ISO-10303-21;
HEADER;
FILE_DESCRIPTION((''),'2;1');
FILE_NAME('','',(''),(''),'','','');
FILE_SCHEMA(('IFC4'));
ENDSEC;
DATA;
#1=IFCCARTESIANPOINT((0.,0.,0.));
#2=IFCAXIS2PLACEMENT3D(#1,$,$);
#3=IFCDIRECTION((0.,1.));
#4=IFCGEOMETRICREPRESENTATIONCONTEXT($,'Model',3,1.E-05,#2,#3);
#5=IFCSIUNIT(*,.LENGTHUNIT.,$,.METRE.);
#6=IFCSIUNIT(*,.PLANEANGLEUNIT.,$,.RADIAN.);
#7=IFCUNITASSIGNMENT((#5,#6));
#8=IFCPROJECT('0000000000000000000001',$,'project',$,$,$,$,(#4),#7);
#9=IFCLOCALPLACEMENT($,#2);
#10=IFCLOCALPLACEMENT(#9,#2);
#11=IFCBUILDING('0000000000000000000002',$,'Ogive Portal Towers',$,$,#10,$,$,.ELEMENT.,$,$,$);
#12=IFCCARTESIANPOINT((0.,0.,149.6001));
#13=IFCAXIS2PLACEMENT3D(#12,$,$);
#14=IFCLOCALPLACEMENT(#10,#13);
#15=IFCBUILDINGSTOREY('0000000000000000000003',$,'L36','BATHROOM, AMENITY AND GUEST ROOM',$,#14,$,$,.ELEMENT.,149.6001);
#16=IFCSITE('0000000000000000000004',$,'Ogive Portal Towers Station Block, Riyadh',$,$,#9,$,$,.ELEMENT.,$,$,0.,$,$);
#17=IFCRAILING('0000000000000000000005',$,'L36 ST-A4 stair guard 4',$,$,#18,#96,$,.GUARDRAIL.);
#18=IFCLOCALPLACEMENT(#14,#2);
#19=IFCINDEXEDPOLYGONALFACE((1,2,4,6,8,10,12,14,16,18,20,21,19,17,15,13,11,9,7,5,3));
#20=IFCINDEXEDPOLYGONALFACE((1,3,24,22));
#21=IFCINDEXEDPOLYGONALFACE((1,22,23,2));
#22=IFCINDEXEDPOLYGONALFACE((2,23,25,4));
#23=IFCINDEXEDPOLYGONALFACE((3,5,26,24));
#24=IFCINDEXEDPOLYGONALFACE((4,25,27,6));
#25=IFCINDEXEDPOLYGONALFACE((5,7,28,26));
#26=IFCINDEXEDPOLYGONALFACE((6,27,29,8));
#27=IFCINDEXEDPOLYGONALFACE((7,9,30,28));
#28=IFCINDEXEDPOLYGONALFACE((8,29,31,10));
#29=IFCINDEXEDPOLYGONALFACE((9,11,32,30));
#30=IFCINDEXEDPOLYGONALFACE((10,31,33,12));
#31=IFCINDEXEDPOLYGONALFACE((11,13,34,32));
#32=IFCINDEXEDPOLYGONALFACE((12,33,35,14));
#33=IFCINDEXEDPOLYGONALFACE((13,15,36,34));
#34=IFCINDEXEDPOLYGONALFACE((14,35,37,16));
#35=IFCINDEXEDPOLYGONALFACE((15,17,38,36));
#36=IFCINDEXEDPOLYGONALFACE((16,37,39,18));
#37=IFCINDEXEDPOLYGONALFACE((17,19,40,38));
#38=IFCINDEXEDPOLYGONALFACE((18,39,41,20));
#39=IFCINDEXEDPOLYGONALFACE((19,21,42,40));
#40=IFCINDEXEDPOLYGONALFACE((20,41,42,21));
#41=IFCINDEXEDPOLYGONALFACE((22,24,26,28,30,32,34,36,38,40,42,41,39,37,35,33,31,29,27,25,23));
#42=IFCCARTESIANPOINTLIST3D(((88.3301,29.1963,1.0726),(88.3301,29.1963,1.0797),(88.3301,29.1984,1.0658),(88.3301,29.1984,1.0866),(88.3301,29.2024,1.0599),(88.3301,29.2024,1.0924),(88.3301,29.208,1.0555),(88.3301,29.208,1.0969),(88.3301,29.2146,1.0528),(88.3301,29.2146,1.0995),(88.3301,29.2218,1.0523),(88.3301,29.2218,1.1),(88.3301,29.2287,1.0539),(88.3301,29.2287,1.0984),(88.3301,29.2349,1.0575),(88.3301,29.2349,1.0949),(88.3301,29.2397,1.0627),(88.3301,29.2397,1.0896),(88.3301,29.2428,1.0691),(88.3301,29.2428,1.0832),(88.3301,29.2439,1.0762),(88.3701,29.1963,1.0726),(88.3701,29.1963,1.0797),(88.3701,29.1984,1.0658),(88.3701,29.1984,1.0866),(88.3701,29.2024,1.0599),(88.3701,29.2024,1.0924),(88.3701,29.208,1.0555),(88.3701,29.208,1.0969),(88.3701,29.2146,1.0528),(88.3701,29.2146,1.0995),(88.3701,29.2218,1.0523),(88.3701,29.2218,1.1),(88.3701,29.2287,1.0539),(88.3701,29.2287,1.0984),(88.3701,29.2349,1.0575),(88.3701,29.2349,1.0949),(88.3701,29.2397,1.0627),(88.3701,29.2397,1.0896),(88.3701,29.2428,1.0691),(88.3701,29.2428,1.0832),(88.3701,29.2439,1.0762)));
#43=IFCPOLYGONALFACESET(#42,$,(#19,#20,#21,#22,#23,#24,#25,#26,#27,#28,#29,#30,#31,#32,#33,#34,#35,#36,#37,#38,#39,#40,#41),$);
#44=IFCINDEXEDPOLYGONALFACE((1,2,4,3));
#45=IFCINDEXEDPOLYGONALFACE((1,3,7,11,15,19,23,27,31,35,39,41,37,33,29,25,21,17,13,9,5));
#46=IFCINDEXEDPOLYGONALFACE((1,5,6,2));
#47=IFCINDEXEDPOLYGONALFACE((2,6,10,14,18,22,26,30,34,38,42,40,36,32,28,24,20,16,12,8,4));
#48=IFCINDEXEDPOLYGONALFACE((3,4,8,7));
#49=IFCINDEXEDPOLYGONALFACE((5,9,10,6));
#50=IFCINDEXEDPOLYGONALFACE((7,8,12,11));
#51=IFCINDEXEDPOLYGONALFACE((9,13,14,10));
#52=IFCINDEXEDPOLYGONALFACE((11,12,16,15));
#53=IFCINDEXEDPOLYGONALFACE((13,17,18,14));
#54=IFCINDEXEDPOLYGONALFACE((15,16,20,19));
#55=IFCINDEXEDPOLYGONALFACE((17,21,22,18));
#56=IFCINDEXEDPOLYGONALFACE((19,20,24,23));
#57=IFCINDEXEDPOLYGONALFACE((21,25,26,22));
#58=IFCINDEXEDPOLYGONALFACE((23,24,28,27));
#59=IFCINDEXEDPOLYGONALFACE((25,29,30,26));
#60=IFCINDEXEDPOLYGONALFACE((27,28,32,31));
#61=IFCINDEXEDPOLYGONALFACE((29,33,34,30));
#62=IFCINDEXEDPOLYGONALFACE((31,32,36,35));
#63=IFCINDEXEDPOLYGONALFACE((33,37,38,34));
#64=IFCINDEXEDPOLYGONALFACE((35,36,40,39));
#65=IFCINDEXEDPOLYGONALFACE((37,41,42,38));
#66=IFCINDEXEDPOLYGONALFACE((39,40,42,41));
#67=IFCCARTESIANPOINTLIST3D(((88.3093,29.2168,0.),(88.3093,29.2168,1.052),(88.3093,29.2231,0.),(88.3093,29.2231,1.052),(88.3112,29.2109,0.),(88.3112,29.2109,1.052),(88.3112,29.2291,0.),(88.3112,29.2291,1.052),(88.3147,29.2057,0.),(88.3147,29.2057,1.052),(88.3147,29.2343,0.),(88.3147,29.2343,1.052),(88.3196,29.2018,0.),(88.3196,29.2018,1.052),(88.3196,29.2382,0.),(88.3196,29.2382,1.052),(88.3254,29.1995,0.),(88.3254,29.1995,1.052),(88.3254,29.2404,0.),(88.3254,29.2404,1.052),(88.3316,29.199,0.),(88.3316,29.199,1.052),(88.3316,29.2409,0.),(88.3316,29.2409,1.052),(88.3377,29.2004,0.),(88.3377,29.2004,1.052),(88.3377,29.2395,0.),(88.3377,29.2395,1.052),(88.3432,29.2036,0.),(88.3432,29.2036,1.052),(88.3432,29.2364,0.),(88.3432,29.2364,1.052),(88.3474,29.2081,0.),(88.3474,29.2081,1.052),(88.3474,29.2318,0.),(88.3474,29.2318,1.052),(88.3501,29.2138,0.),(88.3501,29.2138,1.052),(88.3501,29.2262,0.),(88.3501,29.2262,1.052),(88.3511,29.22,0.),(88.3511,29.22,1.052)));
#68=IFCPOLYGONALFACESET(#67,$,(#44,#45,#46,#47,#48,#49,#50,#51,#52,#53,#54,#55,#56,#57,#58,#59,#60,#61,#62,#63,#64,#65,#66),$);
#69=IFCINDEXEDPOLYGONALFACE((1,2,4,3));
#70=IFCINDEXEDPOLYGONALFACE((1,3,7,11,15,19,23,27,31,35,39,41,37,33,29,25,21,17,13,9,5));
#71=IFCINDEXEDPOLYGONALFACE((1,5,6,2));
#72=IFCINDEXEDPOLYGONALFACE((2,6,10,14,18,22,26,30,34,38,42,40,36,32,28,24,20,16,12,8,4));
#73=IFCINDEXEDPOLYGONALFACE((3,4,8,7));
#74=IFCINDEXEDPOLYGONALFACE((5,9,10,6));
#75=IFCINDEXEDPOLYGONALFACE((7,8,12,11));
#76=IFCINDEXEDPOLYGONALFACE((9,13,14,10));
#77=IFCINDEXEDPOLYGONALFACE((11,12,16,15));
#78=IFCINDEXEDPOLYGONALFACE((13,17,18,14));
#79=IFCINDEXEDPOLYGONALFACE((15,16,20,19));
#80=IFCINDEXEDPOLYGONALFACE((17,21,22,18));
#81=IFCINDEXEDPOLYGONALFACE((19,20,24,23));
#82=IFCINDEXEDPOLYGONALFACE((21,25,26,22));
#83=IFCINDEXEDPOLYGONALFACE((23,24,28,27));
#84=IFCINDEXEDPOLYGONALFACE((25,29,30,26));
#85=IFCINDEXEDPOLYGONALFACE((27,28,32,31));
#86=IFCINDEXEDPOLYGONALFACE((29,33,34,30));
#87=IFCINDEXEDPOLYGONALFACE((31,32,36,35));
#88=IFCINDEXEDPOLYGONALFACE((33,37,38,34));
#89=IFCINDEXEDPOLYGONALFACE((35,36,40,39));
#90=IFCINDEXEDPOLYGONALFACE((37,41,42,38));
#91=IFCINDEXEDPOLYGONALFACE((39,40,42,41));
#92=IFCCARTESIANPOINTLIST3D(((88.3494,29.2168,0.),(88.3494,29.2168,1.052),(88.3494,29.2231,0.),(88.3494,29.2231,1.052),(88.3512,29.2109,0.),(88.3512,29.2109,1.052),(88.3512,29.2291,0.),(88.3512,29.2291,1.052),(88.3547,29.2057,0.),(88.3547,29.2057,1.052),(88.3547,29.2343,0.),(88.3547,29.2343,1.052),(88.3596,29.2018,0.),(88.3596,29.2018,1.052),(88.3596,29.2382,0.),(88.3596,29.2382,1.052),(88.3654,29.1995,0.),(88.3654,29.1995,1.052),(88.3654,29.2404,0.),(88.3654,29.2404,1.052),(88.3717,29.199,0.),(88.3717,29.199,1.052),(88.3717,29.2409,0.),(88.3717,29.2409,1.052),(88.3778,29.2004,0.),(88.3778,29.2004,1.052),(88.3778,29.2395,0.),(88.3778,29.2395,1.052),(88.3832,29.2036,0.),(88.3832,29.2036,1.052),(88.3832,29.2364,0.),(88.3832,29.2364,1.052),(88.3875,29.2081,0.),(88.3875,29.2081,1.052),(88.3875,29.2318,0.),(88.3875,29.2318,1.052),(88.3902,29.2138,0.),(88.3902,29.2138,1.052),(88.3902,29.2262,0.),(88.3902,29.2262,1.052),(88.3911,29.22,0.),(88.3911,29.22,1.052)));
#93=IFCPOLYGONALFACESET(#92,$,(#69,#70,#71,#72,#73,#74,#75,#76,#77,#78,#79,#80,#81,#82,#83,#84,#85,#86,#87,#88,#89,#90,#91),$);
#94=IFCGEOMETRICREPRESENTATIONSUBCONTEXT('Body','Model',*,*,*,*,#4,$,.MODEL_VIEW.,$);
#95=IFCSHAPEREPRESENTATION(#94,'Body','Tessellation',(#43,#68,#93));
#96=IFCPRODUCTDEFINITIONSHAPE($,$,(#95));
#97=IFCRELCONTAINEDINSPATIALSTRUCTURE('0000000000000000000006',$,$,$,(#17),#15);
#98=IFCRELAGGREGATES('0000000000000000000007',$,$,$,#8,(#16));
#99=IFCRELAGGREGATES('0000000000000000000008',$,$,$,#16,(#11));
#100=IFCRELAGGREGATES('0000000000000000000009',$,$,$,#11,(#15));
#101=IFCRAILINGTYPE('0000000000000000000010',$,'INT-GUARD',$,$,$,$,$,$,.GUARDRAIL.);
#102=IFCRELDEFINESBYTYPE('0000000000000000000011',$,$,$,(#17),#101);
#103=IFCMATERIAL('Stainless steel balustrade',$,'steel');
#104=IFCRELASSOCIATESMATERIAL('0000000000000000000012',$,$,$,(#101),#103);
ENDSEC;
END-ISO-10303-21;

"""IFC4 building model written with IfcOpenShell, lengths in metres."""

from ifc_helpers import new_model, si_unit, direction, frame, origin, origin_2d, place, context, subcontext, project, spatial, circle, extrude, material, type_object, element, save


model = new_model("IFC4")

# Units and contexts
model_context = context("Model", 3, precision=1e-05, world=origin(), true_north=direction((0.0, 1.0)))
body_context = subcontext(model_context, "Body", "Model", "MODEL_VIEW")
ifc_project = project(units=[si_unit("LENGTHUNIT", "METRE"), si_unit("PLANEANGLEUNIT", "RADIAN")], contexts=[model_context])

# Site, building, storey
site_placement = place(None, origin())
site = spatial("IfcSite", under=ifc_project, at=site_placement, Name="Ogive Portal Towers Station Block, Riyadh", CompositionType="ELEMENT", RefElevation=0.0)
building_placement = place(site_placement, origin())
building = spatial("IfcBuilding", under=site, at=building_placement, Name="Ogive Portal Towers", CompositionType="ELEMENT")
storey_placement = place(building_placement, frame((0.0, 0.0, 149.6001)))
storey = spatial("IfcBuildingStorey", under=building, at=storey_placement, Name="L36", Description="BATHROOM, AMENITY AND GUEST ROOM", CompositionType="ELEMENT", Elevation=149.6001)

# Railing
ifc_material_1 = material(Name="Stainless steel balustrade", Category="steel")
railing_type_1 = type_object("IfcRailingType", Name="INT-GUARD", PredefinedType="GUARDRAIL", material=ifc_material_1)
railing_1_placement = place(storey_placement, frame((88.3301, 29.22, 0.0)))
element("IfcRailing", 1, at=railing_1_placement, inside=storey, type_object=railing_type_1, Name="L36 ST-A4 stair guard 4", PredefinedType="GUARDRAIL", context=body_context, shape_type="SweptSolid", body=[
    extrude(circle(Radius=0.0239, at=origin_2d()), frame((0.0, 0.0, 1.0762), z_axis=(1.0, 0.0, 0.0), x_axis=(0.0, 1.0, 0.0)), (0.0, 0.0, 1.0), 0.04),
    extrude(circle(Radius=0.021, at=origin_2d()), origin(), (0.0, 0.0, 1.0), 1.052),
    extrude(circle(Radius=0.021, at=origin_2d()), frame((0.04, 0.0, 0.0)), (0.0, 0.0, 1.0), 1.052),
])

save(model, "model.ifc")
